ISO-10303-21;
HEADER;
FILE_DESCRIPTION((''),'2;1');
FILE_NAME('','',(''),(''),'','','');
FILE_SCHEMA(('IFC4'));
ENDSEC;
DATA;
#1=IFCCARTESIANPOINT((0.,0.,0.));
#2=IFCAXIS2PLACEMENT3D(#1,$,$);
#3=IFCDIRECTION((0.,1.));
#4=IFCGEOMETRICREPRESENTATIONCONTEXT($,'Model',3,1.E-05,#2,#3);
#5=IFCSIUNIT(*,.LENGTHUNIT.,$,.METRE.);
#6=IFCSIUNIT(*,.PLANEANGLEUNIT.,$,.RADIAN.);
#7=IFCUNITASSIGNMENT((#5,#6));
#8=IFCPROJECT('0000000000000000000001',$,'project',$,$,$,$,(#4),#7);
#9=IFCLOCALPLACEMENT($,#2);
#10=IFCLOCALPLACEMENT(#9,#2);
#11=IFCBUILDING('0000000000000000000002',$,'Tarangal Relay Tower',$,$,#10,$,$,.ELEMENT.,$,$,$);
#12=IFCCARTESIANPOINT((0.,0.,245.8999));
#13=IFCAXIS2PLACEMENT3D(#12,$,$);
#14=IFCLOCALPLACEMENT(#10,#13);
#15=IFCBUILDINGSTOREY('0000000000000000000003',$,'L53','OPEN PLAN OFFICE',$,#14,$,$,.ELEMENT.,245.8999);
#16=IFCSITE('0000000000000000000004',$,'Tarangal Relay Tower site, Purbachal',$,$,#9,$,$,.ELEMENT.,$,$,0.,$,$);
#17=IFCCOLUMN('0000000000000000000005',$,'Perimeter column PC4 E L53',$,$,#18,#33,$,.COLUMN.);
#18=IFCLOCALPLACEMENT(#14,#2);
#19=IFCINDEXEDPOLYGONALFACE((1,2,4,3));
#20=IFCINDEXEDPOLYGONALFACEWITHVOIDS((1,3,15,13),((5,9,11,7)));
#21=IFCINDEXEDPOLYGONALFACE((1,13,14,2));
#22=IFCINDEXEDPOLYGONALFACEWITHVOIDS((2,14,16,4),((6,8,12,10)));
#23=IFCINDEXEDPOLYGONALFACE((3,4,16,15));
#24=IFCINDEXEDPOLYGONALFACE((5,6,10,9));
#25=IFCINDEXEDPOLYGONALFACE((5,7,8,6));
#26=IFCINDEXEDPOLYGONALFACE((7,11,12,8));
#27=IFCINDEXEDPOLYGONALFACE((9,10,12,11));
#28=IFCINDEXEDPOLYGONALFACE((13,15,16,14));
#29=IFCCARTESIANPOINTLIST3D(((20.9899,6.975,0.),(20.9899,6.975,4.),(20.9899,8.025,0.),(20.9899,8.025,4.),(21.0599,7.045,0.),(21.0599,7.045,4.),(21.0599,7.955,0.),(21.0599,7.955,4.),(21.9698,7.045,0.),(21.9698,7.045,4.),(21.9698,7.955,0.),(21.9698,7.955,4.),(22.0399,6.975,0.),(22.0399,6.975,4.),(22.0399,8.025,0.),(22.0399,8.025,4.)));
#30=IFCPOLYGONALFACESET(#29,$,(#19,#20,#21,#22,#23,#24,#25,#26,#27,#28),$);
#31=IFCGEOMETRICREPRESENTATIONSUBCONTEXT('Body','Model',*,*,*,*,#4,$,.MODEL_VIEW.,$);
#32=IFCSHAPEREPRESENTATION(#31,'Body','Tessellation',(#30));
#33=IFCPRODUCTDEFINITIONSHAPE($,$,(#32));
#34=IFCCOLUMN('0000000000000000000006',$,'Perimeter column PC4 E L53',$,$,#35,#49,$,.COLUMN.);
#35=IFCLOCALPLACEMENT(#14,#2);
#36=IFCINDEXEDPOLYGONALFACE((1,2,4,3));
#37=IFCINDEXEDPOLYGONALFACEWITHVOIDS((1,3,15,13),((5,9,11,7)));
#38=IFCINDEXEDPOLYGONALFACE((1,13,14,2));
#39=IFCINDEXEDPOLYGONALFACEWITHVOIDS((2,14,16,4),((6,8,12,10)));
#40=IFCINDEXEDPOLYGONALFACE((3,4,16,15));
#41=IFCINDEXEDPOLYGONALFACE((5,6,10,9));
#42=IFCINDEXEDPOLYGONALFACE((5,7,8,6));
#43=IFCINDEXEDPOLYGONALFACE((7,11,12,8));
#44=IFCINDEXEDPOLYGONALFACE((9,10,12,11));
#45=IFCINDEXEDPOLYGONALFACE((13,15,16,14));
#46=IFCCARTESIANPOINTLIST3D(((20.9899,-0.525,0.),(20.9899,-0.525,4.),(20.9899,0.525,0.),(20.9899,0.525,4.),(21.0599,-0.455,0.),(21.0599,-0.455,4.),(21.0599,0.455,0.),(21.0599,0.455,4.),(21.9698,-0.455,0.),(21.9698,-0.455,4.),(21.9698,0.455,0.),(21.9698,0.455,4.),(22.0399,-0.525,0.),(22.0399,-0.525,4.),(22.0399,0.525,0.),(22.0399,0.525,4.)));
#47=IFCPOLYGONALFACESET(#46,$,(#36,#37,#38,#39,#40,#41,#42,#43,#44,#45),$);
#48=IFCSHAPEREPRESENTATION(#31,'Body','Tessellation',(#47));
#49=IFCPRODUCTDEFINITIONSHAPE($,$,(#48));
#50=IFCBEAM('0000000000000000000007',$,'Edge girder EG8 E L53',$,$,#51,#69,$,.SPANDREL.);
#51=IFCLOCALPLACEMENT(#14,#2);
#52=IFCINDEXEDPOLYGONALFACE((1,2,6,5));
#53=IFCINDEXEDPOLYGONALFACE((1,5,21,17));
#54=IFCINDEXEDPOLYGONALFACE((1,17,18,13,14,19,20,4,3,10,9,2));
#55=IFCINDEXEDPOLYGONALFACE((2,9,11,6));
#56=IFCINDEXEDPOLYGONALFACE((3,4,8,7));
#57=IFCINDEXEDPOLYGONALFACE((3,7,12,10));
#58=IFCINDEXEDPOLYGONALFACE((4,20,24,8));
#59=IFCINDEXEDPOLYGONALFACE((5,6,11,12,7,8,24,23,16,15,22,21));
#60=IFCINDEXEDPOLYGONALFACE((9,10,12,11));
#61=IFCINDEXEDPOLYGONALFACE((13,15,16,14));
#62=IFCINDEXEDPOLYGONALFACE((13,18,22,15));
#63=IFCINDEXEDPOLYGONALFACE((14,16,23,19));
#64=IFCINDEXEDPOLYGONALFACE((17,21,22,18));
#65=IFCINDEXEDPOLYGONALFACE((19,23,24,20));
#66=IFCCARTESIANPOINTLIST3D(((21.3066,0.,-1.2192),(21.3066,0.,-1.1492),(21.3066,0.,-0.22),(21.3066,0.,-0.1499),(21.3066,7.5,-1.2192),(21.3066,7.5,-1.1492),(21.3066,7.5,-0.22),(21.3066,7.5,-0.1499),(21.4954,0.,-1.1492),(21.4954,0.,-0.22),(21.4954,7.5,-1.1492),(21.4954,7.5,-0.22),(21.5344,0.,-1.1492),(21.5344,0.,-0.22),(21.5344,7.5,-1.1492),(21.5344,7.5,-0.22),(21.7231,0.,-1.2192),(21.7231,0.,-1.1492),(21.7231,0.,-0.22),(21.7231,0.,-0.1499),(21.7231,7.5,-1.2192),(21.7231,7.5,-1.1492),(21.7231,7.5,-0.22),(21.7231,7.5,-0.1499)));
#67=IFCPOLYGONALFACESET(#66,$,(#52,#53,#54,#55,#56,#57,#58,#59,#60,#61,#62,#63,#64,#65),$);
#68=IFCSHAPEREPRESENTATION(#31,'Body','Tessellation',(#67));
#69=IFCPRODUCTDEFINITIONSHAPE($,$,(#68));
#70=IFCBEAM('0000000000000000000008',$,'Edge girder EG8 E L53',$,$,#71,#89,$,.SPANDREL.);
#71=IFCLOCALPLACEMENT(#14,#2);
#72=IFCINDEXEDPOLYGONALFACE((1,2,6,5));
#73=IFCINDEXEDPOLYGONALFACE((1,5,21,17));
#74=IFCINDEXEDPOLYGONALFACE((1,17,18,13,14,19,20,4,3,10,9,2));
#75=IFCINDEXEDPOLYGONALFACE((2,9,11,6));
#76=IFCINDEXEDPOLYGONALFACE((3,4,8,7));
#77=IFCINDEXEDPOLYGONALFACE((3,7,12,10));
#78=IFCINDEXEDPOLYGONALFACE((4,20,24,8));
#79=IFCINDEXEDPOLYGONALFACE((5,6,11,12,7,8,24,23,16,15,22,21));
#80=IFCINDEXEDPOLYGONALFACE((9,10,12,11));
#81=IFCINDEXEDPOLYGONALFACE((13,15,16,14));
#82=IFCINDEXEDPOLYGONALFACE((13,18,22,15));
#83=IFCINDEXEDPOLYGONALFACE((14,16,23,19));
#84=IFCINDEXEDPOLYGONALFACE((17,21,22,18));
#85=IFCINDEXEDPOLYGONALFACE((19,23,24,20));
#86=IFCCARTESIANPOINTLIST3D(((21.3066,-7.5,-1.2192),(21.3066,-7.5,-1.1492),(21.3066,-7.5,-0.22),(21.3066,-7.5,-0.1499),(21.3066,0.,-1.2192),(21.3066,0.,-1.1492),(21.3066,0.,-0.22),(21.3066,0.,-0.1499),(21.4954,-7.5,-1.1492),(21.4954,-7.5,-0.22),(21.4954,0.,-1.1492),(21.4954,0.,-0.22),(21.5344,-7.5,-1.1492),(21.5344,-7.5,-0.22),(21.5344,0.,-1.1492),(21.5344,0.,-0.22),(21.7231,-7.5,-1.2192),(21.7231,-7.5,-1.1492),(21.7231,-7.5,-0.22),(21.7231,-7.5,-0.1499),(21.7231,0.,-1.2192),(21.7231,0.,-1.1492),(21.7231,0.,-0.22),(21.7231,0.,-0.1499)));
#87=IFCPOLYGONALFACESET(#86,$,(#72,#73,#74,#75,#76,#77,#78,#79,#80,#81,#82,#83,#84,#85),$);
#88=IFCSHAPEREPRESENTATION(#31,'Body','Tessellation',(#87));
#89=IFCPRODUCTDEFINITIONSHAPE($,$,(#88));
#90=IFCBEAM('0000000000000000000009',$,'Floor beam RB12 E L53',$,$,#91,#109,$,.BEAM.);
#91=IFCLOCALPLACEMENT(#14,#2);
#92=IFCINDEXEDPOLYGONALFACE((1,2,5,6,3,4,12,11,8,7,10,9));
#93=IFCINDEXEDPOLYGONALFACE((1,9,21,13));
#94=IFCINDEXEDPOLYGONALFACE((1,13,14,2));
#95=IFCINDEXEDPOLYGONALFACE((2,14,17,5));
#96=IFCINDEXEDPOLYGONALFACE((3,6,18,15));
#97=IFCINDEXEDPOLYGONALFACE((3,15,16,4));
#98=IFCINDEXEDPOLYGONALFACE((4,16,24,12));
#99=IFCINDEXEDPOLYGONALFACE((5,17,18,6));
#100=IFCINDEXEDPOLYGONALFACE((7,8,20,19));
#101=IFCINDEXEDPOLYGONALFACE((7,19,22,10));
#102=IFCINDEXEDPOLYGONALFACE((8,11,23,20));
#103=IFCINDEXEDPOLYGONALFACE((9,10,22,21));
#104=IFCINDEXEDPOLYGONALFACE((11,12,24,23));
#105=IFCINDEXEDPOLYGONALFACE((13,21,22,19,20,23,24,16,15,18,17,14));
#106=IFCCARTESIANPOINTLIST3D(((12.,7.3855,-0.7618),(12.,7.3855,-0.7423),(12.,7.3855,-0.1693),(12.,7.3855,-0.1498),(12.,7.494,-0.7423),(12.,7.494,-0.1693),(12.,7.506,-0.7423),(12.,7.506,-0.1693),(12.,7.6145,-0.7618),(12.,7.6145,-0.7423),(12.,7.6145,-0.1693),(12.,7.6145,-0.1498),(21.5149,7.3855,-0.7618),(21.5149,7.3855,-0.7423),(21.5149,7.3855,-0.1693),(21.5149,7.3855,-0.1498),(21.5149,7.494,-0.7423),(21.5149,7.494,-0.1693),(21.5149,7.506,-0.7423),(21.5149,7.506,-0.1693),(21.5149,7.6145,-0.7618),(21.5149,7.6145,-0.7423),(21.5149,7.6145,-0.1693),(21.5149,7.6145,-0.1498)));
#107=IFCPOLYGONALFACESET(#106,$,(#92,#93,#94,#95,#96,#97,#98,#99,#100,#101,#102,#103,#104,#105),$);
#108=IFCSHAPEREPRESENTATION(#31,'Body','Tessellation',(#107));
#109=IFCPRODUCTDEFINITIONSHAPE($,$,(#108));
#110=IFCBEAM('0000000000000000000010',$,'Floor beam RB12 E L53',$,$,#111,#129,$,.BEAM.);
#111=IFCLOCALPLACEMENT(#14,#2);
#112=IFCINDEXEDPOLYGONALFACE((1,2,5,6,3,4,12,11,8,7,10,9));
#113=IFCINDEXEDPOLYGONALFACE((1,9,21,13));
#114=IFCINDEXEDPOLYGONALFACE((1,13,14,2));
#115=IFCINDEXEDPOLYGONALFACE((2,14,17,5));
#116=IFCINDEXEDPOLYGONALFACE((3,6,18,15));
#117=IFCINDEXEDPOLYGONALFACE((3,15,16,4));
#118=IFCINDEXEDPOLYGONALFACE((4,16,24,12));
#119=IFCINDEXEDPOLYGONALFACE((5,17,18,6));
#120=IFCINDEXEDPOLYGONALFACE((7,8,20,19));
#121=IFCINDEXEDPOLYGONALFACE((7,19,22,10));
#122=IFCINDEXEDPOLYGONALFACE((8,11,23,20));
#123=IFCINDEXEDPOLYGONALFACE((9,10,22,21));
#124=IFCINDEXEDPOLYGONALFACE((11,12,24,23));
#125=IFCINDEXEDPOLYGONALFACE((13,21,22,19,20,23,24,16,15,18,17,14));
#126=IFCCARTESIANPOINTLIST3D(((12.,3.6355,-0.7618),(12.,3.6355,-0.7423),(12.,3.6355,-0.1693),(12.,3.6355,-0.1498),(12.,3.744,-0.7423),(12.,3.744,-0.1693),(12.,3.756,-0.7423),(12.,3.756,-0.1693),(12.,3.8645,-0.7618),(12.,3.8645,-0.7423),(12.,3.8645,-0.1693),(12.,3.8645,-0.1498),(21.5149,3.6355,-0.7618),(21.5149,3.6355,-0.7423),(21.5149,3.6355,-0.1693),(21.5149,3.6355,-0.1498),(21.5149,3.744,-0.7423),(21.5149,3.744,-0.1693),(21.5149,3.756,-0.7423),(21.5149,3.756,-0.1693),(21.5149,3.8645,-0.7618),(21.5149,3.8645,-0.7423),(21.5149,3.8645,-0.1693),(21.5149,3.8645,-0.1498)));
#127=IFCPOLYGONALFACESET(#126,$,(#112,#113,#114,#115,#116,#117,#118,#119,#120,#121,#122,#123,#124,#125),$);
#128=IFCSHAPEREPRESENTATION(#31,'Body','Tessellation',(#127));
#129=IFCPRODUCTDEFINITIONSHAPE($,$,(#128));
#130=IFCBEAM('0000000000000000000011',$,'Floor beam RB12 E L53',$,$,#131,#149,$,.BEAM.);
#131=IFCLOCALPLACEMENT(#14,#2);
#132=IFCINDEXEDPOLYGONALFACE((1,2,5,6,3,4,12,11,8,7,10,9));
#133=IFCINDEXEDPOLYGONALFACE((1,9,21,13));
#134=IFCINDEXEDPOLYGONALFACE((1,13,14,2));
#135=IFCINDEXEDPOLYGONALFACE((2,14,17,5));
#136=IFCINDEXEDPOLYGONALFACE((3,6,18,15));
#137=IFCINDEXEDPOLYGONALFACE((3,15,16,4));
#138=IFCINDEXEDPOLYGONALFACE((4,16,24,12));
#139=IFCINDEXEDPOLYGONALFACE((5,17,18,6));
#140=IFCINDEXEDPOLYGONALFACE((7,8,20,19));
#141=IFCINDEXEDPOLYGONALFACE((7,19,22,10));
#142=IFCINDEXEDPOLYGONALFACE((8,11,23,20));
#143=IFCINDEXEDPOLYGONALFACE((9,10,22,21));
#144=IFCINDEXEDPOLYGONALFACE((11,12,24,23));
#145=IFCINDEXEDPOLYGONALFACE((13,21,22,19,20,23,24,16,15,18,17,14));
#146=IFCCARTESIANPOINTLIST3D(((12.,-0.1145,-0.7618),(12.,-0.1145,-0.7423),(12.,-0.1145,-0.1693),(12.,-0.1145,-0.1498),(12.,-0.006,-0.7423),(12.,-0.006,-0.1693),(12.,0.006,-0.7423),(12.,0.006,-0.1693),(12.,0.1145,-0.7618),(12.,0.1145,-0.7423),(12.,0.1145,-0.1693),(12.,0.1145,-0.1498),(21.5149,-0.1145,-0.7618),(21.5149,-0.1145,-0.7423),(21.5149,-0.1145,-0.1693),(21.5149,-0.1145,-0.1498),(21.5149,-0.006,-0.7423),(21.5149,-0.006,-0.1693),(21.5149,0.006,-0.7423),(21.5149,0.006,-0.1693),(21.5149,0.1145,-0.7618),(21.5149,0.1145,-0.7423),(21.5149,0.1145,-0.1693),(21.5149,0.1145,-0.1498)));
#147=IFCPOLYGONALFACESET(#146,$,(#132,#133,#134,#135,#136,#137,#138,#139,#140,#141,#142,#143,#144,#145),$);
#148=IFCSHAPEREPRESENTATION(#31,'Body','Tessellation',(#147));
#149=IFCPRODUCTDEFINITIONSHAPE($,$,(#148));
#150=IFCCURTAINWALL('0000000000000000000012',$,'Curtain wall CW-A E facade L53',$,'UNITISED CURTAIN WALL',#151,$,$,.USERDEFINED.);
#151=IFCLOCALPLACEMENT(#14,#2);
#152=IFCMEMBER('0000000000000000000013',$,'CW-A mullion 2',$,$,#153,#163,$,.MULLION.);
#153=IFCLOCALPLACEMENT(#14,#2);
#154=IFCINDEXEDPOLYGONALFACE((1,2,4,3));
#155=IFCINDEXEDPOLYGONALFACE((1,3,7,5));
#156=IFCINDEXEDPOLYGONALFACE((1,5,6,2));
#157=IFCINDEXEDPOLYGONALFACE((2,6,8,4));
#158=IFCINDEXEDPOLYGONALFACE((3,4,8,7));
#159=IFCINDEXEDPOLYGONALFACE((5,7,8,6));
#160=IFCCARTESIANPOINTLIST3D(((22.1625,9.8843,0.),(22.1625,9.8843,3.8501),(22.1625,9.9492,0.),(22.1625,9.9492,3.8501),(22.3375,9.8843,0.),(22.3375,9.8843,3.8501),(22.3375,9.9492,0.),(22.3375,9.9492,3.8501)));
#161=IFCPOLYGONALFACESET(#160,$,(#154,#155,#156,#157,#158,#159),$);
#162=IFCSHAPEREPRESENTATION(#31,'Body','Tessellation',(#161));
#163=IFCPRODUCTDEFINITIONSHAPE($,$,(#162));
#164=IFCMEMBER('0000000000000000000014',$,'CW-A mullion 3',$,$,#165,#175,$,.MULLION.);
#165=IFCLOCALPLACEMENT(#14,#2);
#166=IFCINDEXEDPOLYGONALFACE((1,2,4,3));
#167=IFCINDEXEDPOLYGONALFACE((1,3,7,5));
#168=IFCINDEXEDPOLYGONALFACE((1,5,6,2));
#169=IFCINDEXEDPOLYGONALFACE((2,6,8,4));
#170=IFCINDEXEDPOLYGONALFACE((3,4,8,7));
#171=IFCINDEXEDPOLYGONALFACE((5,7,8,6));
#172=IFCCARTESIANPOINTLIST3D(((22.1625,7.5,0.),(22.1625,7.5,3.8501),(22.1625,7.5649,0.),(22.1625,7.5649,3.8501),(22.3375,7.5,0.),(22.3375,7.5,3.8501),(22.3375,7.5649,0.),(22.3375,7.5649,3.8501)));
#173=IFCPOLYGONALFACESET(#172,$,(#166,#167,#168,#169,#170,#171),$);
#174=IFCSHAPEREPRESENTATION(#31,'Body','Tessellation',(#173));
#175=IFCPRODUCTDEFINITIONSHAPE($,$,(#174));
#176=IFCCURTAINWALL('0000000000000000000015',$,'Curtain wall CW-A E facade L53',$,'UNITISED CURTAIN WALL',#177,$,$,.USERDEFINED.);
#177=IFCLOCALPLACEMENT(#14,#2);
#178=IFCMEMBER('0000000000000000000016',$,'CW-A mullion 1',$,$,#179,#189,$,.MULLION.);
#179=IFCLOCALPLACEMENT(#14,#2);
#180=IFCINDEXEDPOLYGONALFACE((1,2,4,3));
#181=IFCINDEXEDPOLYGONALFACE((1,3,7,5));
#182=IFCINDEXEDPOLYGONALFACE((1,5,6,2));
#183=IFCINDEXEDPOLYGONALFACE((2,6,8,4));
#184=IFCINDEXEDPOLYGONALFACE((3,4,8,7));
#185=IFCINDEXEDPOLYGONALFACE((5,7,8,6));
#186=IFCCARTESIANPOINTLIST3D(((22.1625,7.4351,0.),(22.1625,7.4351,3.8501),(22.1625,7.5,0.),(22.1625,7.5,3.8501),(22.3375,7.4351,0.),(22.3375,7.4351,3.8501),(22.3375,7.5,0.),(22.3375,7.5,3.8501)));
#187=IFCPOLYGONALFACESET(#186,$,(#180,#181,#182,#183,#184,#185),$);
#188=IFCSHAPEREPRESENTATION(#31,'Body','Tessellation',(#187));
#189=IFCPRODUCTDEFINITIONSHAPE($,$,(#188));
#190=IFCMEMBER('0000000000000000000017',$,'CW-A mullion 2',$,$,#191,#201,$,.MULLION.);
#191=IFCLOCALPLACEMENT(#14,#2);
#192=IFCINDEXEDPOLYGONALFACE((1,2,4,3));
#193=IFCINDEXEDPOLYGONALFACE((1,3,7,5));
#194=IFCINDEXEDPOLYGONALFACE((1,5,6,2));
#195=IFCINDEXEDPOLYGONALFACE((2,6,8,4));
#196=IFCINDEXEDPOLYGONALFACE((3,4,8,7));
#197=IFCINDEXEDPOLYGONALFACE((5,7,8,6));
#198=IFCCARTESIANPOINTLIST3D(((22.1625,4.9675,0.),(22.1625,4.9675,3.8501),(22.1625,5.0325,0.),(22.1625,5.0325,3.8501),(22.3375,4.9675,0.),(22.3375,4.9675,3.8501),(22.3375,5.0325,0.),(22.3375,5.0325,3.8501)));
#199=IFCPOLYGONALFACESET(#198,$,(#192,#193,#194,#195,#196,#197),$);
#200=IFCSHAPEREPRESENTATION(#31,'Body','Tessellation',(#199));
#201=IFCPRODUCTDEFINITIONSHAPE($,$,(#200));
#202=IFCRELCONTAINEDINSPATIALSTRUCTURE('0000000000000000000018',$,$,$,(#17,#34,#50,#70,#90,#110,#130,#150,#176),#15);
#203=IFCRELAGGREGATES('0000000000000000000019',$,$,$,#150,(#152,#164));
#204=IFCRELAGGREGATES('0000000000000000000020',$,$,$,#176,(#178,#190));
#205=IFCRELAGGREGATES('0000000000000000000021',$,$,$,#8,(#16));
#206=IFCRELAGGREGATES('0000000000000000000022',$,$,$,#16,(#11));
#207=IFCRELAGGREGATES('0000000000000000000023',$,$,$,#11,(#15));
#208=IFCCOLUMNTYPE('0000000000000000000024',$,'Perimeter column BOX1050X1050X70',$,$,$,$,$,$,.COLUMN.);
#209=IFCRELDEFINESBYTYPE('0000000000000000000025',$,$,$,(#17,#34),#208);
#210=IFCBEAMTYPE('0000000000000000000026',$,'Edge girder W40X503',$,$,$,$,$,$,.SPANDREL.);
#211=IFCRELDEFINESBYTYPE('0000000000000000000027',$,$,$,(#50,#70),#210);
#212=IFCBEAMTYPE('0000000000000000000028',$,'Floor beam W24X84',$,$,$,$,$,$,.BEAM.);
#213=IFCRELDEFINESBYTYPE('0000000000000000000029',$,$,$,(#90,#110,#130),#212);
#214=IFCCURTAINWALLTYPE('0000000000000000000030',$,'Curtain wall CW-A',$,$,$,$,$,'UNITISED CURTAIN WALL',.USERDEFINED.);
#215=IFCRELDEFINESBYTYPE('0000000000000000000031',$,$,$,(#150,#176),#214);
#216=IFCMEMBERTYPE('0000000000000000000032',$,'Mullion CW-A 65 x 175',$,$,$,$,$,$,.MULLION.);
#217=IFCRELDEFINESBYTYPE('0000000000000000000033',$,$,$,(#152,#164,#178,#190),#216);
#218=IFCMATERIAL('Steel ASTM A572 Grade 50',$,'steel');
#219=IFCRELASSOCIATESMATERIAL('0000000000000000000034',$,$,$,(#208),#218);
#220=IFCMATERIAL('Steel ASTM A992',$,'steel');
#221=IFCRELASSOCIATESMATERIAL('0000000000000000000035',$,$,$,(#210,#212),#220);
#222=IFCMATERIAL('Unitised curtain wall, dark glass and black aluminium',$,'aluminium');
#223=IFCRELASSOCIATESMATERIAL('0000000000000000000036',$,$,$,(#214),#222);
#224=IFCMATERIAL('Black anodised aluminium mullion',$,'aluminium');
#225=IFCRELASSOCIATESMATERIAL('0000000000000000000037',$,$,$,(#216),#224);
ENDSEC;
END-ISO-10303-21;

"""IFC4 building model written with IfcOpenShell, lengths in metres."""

from ifc_helpers import new_model, si_unit, direction, frame, origin, origin_2d, place, context, subcontext, project, spatial, rectangle, hollow_rectangle, i_section, extrude, material, material_profile, profile_set, type_object, element, aggregate, save


model = new_model("IFC4")

# Units and contexts
model_context = context("Model", 3, precision=1e-05, world=origin(), true_north=direction((0.0, 1.0)))
body_context = subcontext(model_context, "Body", "Model", "MODEL_VIEW")
ifc_project = project(units=[si_unit("LENGTHUNIT", "METRE"), si_unit("PLANEANGLEUNIT", "RADIAN")], contexts=[model_context])

# Site, building, storey
site_placement = place(None, origin())
site = spatial("IfcSite", under=ifc_project, at=site_placement, Name="Tarangal Relay Tower site, Purbachal", CompositionType="ELEMENT", RefElevation=0.0)
building_placement = place(site_placement, origin())
building = spatial("IfcBuilding", under=site, at=building_placement, Name="Tarangal Relay Tower", CompositionType="ELEMENT")
storey_placement = place(building_placement, frame((0.0, 0.0, 245.8999)))
storey = spatial("IfcBuildingStorey", under=building, at=storey_placement, Name="L53", Description="OPEN PLAN OFFICE", CompositionType="ELEMENT", Elevation=245.8999)

# Columns
ifc_material_1 = material(Name="Steel ASTM A572 Grade 50", Category="steel")
ifc_material_profile_1 = material_profile(ifc_material_1, hollow_rectangle(XDim=1.05, YDim=1.05, WallThickness=0.0701, at=origin_2d()), Name="BOX1050X1050X70")
ifc_profile_set_1 = profile_set([ifc_material_profile_1], Name="Steel ASTM A572 Grade 50")
column_type = type_object("IfcColumnType", Name="Perimeter column BOX1050X1050X70", PredefinedType="COLUMN", material=ifc_profile_set_1)
for number, where, z_axis, x_axis, name in (
    (1, (21.5149, 7.5, 0.0), (0.0, 0.0, 1.0), (1.0, 0.0, 0.0), "Perimeter column PC4 E L53"),
    (2, (21.5149, 0.0, 0.0), (0.0, 0.0, 1.0), (1.0, 0.0, 0.0), "Perimeter column PC4 E L53"),
):
    element("IfcColumn", number, at=place(storey_placement, frame(where, z_axis=z_axis, x_axis=x_axis)), inside=storey, type_object=column_type, Name=name, PredefinedType="COLUMN", context=body_context, shape_type="SweptSolid", body=[
        extrude(hollow_rectangle(XDim=1.05, YDim=1.05, WallThickness=0.0701, at=origin_2d()), origin(), (0.0, 0.0, 1.0), 4.0),
    ])

# Beams
ifc_material_2 = material(Name="Steel ASTM A992", Category="steel")
ifc_material_profile_2 = material_profile(ifc_material_2, i_section(OverallWidth=0.4165, OverallDepth=1.0693, WebThickness=0.0391, FlangeThickness=0.0701, at=origin_2d()), Name="W40X503")
ifc_profile_set_2 = profile_set([ifc_material_profile_2], Name="Steel ASTM A992")
beam_type_1 = type_object("IfcBeamType", Name="Edge girder W40X503", PredefinedType="SPANDREL", material=ifc_profile_set_2)
for number, where, z_axis, x_axis, name in (
    (3, (21.5149, 7.5, -0.6846), (0.0, -1.0, 0.0), (1.0, 0.0, 0.0), "Edge girder EG8 E L53"),
    (4, (21.5149, 0.0, -0.6846), (0.0, -1.0, 0.0), (1.0, 0.0, 0.0), "Edge girder EG8 E L53"),
):
    element("IfcBeam", number, at=place(storey_placement, frame(where, z_axis=z_axis, x_axis=x_axis)), inside=storey, type_object=beam_type_1, Name=name, PredefinedType="SPANDREL", context=body_context, shape_type="SweptSolid", body=[
        extrude(i_section(OverallWidth=0.4165, OverallDepth=1.0693, WebThickness=0.0391, FlangeThickness=0.0701, at=origin_2d()), origin(), (0.0, 0.0, 1.0), 7.5),
    ])
ifc_material_profile_3 = material_profile(ifc_material_2, i_section(OverallWidth=0.229, OverallDepth=0.6121, WebThickness=0.012, FlangeThickness=0.0195, at=origin_2d()), Name="W24X84")
ifc_profile_set_3 = profile_set([ifc_material_profile_3], Name="Steel ASTM A992")
beam_type_2 = type_object("IfcBeamType", Name="Floor beam W24X84", PredefinedType="BEAM", material=ifc_profile_set_3)
for number, where, z_axis, x_axis, name in (
    (5, (12.0, 7.5, -0.4558), (1.0, 0.0, 0.0), (0.0, 1.0, 0.0), "Floor beam RB12 E L53"),
    (6, (12.0, 3.75, -0.4558), (1.0, 0.0, 0.0), (0.0, 1.0, 0.0), "Floor beam RB12 E L53"),
    (7, (12.0, 0.0, -0.4558), (1.0, 0.0, 0.0), (0.0, 1.0, 0.0), "Floor beam RB12 E L53"),
):
    element("IfcBeam", number, at=place(storey_placement, frame(where, z_axis=z_axis, x_axis=x_axis)), inside=storey, type_object=beam_type_2, Name=name, PredefinedType="BEAM", context=body_context, shape_type="SweptSolid", body=[
        extrude(i_section(OverallWidth=0.229, OverallDepth=0.6121, WebThickness=0.012, FlangeThickness=0.0195, at=origin_2d()), origin(), (0.0, 0.0, 1.0), 9.5149),
    ])

# Curtain walls, members
ifc_material_3 = material(Name="Unitised curtain wall, dark glass and black aluminium", Category="aluminium")
curtain_wall_type = type_object("IfcCurtainWallType", Name="Curtain wall CW-A", ElementType="UNITISED CURTAIN WALL", PredefinedType="USERDEFINED", material=ifc_material_3)
curtain_wall_1_placement = place(storey_placement, origin())
curtain_wall_1 = element("IfcCurtainWall", 8, at=curtain_wall_1_placement, inside=storey, type_object=curtain_wall_type, Name="Curtain wall CW-A E facade L53", ObjectType="UNITISED CURTAIN WALL", PredefinedType="USERDEFINED")
ifc_material_4 = material(Name="Black anodised aluminium mullion", Category="aluminium")
ifc_material_profile_4 = material_profile(ifc_material_4, rectangle(XDim=0.175, YDim=0.0649, at=origin_2d()), Name="CW-AM 65X175")
ifc_profile_set_4 = profile_set([ifc_material_profile_4], Name="Black anodised aluminium mullion")
member_type_1 = type_object("IfcMemberType", Name="Mullion CW-A 65 x 175", PredefinedType="MULLION", material=ifc_profile_set_4)
member_1_placement = place(storey_placement, frame((22.25, 9.9167, 0.0), z_axis=(0.0, 0.0, 1.0), x_axis=(1.0, 0.0, 0.0)))
member_1 = element("IfcMember", 9, at=member_1_placement, type_object=member_type_1, Name="CW-A mullion 2", PredefinedType="MULLION", context=body_context, shape_type="SweptSolid", body=[
    extrude(rectangle(XDim=0.175, YDim=0.0649, at=origin_2d()), origin(), (0.0, 0.0, 1.0), 3.8501),
])
member_2_placement = place(storey_placement, frame((22.25, 7.5325, 0.0), z_axis=(0.0, 0.0, 1.0), x_axis=(1.0, 0.0, 0.0)))
member_2 = element("IfcMember", 10, at=member_2_placement, type_object=member_type_1, Name="CW-A mullion 3", PredefinedType="MULLION", context=body_context, shape_type="SweptSolid", body=[
    extrude(rectangle(XDim=0.175, YDim=0.0649, at=origin_2d()), origin(), (0.0, 0.0, 1.0), 3.8501),
])
curtain_wall_2_placement = place(storey_placement, origin())
curtain_wall_2 = element("IfcCurtainWall", 11, at=curtain_wall_2_placement, inside=storey, type_object=curtain_wall_type, Name="Curtain wall CW-A E facade L53", ObjectType="UNITISED CURTAIN WALL", PredefinedType="USERDEFINED")
member_3_placement = place(storey_placement, frame((22.25, 7.4675, 0.0), z_axis=(0.0, 0.0, 1.0), x_axis=(1.0, 0.0, 0.0)))
member_3 = element("IfcMember", 12, at=member_3_placement, type_object=member_type_1, Name="CW-A mullion 1", PredefinedType="MULLION", context=body_context, shape_type="SweptSolid", body=[
    extrude(rectangle(XDim=0.175, YDim=0.0649, at=origin_2d()), origin(), (0.0, 0.0, 1.0), 3.8501),
])
member_4_placement = place(storey_placement, frame((22.25, 5.0, 0.0), z_axis=(0.0, 0.0, 1.0), x_axis=(1.0, 0.0, 0.0)))
member_4 = element("IfcMember", 13, at=member_4_placement, type_object=member_type_1, Name="CW-A mullion 2", PredefinedType="MULLION", context=body_context, shape_type="SweptSolid", body=[
    extrude(rectangle(XDim=0.175, YDim=0.0649, at=origin_2d()), origin(), (0.0, 0.0, 1.0), 3.8501),
])

aggregate(curtain_wall_1, [member_1, member_2])
aggregate(curtain_wall_2, [member_3, member_4])

save(model, "model.ifc")
